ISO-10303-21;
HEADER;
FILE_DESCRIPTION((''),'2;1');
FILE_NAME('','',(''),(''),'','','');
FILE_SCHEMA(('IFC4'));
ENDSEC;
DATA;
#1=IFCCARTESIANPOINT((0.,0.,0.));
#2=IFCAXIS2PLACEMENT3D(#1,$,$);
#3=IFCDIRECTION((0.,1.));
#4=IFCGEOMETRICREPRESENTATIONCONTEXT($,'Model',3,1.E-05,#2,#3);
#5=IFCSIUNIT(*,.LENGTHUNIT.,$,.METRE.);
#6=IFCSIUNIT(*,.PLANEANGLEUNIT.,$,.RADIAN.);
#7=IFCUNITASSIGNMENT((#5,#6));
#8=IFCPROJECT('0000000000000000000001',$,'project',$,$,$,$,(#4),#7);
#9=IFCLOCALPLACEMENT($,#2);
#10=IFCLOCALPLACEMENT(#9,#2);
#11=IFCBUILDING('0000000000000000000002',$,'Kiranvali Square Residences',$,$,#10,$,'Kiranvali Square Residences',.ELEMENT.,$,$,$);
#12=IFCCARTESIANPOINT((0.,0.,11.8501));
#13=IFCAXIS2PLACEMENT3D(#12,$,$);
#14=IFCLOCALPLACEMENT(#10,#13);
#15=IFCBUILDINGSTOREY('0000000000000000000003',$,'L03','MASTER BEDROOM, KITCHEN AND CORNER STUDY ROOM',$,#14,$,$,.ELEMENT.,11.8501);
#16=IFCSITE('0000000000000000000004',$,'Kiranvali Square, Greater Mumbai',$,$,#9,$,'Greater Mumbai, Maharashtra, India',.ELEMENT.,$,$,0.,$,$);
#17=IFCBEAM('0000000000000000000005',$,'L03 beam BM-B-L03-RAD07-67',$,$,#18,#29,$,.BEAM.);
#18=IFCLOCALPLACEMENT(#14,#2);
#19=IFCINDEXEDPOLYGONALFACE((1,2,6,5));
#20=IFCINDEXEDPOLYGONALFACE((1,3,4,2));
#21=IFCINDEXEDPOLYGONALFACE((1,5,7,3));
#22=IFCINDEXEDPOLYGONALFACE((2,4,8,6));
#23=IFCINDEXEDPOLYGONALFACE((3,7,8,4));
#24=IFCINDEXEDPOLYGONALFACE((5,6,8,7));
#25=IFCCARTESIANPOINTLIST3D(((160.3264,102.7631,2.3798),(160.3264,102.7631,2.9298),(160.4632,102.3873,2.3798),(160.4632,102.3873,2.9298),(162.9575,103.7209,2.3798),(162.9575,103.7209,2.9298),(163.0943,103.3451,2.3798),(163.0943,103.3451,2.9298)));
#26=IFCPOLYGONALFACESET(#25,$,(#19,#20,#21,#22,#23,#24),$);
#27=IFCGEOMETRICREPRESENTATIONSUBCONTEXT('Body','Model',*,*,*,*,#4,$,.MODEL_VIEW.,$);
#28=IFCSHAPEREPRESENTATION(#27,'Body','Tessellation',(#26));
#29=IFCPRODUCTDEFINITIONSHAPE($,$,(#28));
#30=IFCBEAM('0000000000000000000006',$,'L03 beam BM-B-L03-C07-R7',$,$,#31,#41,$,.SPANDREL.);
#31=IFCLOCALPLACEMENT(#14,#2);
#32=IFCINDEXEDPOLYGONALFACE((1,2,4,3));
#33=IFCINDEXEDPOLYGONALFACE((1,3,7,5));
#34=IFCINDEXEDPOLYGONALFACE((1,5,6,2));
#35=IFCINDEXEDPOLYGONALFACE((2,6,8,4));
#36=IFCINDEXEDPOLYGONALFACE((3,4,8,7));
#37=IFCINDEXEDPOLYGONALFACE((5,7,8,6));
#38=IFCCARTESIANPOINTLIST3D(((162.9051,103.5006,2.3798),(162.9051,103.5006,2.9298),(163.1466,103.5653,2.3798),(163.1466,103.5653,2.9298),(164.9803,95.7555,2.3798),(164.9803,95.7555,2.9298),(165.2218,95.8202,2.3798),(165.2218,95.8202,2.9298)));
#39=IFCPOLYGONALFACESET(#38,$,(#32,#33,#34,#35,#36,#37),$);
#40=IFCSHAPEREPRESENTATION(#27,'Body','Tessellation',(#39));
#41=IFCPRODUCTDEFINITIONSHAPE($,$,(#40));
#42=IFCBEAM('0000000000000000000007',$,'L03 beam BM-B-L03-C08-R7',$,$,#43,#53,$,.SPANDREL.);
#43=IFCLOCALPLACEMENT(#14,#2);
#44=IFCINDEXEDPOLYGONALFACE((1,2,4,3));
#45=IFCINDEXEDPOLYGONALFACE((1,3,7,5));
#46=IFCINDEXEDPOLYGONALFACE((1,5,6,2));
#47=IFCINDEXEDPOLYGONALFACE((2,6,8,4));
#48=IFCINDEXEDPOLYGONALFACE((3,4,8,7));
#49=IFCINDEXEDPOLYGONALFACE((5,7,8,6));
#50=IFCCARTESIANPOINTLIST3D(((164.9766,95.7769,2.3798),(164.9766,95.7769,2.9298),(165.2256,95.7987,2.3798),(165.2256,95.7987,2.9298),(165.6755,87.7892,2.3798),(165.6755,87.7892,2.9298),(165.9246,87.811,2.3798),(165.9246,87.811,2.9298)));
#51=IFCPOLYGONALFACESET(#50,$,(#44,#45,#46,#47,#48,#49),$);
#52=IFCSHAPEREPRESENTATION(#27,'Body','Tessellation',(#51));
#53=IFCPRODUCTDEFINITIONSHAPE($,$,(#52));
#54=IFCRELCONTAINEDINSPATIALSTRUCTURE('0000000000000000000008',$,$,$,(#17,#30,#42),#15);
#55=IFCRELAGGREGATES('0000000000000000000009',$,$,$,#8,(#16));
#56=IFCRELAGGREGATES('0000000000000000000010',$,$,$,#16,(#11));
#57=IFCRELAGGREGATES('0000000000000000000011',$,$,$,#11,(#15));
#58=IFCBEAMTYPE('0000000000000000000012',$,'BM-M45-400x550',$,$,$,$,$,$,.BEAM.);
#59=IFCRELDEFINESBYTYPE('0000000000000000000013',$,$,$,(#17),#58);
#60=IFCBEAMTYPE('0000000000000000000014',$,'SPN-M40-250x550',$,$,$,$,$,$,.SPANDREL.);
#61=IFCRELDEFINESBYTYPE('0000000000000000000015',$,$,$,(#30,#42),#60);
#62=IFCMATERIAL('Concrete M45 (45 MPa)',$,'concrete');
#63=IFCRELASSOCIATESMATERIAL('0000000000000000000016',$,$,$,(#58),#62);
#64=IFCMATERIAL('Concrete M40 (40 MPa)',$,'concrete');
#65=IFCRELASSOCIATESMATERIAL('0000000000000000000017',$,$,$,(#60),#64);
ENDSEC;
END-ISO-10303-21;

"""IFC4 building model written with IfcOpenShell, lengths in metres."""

from ifc_helpers import new_model, si_unit, direction, frame, origin, origin_2d, place, context, subcontext, project, spatial, rectangle, extrude, material, material_profile, profile_set, type_object, element, save


model = new_model("IFC4")

# Units and contexts
model_context = context("Model", 3, precision=1e-05, world=origin(), true_north=direction((0.0, 1.0)))
body_context = subcontext(model_context, "Body", "Model", "MODEL_VIEW")
ifc_project = project(units=[si_unit("LENGTHUNIT", "METRE"), si_unit("PLANEANGLEUNIT", "RADIAN")], contexts=[model_context])

# Site, building, storey
site_placement = place(None, origin())
site = spatial("IfcSite", under=ifc_project, at=site_placement, Name="Kiranvali Square, Greater Mumbai", LongName="Greater Mumbai, Maharashtra, India", CompositionType="ELEMENT", RefElevation=0.0)
building_placement = place(site_placement, origin())
building = spatial("IfcBuilding", under=site, at=building_placement, Name="Kiranvali Square Residences", LongName="Kiranvali Square Residences", CompositionType="ELEMENT")
storey_placement = place(building_placement, frame((0.0, 0.0, 11.8501)))
storey = spatial("IfcBuildingStorey", under=building, at=storey_placement, Name="L03", Description="MASTER BEDROOM, KITCHEN AND CORNER STUDY ROOM", CompositionType="ELEMENT", Elevation=11.8501)

# Beams
ifc_material_1 = material(Name="Concrete M45 (45 MPa)", Category="concrete")
ifc_material_profile_1 = material_profile(ifc_material_1, rectangle(XDim=0.3999, YDim=0.55, at=origin_2d()), Name="RC 400x550")
ifc_profile_set_1 = profile_set([ifc_material_profile_1], Name="Concrete M45 (45 MPa)")
beam_type_1 = type_object("IfcBeamType", Name="BM-M45-400x550", PredefinedType="BEAM", material=ifc_profile_set_1)
beam_1_placement = place(storey_placement, frame((160.3948, 102.5752, 2.6548), z_axis=(0.939679, 0.342058, 0.0), x_axis=(-0.342058, 0.939679, 0.0)))
element("IfcBeam", 1, at=beam_1_placement, inside=storey, type_object=beam_type_1, Name="L03 beam BM-B-L03-RAD07-67", PredefinedType="BEAM", context=body_context, shape_type="SweptSolid", body=[
    extrude(rectangle(XDim=0.3999, YDim=0.55, at=origin_2d()), origin(), (0.0, 0.0, 1.0), 2.8),
])
ifc_material_2 = material(Name="Concrete M40 (40 MPa)", Category="concrete")
ifc_material_profile_2 = material_profile(ifc_material_2, rectangle(XDim=0.25, YDim=0.55, at=origin_2d()), Name="RC 250x550")
ifc_profile_set_2 = profile_set([ifc_material_profile_2], Name="Concrete M40 (40 MPa)")
beam_type_2 = type_object("IfcBeamType", Name="SPN-M40-250x550", PredefinedType="SPANDREL", material=ifc_profile_set_2)
for number, where, z_axis, x_axis, name in (
    (2, (163.0259, 103.533, 2.6548), (0.258807, -0.965929, 0.0), (0.965929, 0.258807, 0.0), "L03 beam BM-B-L03-C07-R7"),
    (3, (165.1011, 95.7878, 2.6548), (0.087172, -0.996193, 0.0), (0.996193, 0.087172, 0.0), "L03 beam BM-B-L03-C08-R7"),
):
    element("IfcBeam", number, at=place(storey_placement, frame(where, z_axis=z_axis, x_axis=x_axis)), inside=storey, type_object=beam_type_2, Name=name, PredefinedType="SPANDREL", context=body_context, shape_type="SweptSolid", body=[
        extrude(rectangle(XDim=0.25, YDim=0.55, at=origin_2d()), origin(), (0.0, 0.0, 1.0), 8.0183),
    ])

save(model, "model.ifc")
